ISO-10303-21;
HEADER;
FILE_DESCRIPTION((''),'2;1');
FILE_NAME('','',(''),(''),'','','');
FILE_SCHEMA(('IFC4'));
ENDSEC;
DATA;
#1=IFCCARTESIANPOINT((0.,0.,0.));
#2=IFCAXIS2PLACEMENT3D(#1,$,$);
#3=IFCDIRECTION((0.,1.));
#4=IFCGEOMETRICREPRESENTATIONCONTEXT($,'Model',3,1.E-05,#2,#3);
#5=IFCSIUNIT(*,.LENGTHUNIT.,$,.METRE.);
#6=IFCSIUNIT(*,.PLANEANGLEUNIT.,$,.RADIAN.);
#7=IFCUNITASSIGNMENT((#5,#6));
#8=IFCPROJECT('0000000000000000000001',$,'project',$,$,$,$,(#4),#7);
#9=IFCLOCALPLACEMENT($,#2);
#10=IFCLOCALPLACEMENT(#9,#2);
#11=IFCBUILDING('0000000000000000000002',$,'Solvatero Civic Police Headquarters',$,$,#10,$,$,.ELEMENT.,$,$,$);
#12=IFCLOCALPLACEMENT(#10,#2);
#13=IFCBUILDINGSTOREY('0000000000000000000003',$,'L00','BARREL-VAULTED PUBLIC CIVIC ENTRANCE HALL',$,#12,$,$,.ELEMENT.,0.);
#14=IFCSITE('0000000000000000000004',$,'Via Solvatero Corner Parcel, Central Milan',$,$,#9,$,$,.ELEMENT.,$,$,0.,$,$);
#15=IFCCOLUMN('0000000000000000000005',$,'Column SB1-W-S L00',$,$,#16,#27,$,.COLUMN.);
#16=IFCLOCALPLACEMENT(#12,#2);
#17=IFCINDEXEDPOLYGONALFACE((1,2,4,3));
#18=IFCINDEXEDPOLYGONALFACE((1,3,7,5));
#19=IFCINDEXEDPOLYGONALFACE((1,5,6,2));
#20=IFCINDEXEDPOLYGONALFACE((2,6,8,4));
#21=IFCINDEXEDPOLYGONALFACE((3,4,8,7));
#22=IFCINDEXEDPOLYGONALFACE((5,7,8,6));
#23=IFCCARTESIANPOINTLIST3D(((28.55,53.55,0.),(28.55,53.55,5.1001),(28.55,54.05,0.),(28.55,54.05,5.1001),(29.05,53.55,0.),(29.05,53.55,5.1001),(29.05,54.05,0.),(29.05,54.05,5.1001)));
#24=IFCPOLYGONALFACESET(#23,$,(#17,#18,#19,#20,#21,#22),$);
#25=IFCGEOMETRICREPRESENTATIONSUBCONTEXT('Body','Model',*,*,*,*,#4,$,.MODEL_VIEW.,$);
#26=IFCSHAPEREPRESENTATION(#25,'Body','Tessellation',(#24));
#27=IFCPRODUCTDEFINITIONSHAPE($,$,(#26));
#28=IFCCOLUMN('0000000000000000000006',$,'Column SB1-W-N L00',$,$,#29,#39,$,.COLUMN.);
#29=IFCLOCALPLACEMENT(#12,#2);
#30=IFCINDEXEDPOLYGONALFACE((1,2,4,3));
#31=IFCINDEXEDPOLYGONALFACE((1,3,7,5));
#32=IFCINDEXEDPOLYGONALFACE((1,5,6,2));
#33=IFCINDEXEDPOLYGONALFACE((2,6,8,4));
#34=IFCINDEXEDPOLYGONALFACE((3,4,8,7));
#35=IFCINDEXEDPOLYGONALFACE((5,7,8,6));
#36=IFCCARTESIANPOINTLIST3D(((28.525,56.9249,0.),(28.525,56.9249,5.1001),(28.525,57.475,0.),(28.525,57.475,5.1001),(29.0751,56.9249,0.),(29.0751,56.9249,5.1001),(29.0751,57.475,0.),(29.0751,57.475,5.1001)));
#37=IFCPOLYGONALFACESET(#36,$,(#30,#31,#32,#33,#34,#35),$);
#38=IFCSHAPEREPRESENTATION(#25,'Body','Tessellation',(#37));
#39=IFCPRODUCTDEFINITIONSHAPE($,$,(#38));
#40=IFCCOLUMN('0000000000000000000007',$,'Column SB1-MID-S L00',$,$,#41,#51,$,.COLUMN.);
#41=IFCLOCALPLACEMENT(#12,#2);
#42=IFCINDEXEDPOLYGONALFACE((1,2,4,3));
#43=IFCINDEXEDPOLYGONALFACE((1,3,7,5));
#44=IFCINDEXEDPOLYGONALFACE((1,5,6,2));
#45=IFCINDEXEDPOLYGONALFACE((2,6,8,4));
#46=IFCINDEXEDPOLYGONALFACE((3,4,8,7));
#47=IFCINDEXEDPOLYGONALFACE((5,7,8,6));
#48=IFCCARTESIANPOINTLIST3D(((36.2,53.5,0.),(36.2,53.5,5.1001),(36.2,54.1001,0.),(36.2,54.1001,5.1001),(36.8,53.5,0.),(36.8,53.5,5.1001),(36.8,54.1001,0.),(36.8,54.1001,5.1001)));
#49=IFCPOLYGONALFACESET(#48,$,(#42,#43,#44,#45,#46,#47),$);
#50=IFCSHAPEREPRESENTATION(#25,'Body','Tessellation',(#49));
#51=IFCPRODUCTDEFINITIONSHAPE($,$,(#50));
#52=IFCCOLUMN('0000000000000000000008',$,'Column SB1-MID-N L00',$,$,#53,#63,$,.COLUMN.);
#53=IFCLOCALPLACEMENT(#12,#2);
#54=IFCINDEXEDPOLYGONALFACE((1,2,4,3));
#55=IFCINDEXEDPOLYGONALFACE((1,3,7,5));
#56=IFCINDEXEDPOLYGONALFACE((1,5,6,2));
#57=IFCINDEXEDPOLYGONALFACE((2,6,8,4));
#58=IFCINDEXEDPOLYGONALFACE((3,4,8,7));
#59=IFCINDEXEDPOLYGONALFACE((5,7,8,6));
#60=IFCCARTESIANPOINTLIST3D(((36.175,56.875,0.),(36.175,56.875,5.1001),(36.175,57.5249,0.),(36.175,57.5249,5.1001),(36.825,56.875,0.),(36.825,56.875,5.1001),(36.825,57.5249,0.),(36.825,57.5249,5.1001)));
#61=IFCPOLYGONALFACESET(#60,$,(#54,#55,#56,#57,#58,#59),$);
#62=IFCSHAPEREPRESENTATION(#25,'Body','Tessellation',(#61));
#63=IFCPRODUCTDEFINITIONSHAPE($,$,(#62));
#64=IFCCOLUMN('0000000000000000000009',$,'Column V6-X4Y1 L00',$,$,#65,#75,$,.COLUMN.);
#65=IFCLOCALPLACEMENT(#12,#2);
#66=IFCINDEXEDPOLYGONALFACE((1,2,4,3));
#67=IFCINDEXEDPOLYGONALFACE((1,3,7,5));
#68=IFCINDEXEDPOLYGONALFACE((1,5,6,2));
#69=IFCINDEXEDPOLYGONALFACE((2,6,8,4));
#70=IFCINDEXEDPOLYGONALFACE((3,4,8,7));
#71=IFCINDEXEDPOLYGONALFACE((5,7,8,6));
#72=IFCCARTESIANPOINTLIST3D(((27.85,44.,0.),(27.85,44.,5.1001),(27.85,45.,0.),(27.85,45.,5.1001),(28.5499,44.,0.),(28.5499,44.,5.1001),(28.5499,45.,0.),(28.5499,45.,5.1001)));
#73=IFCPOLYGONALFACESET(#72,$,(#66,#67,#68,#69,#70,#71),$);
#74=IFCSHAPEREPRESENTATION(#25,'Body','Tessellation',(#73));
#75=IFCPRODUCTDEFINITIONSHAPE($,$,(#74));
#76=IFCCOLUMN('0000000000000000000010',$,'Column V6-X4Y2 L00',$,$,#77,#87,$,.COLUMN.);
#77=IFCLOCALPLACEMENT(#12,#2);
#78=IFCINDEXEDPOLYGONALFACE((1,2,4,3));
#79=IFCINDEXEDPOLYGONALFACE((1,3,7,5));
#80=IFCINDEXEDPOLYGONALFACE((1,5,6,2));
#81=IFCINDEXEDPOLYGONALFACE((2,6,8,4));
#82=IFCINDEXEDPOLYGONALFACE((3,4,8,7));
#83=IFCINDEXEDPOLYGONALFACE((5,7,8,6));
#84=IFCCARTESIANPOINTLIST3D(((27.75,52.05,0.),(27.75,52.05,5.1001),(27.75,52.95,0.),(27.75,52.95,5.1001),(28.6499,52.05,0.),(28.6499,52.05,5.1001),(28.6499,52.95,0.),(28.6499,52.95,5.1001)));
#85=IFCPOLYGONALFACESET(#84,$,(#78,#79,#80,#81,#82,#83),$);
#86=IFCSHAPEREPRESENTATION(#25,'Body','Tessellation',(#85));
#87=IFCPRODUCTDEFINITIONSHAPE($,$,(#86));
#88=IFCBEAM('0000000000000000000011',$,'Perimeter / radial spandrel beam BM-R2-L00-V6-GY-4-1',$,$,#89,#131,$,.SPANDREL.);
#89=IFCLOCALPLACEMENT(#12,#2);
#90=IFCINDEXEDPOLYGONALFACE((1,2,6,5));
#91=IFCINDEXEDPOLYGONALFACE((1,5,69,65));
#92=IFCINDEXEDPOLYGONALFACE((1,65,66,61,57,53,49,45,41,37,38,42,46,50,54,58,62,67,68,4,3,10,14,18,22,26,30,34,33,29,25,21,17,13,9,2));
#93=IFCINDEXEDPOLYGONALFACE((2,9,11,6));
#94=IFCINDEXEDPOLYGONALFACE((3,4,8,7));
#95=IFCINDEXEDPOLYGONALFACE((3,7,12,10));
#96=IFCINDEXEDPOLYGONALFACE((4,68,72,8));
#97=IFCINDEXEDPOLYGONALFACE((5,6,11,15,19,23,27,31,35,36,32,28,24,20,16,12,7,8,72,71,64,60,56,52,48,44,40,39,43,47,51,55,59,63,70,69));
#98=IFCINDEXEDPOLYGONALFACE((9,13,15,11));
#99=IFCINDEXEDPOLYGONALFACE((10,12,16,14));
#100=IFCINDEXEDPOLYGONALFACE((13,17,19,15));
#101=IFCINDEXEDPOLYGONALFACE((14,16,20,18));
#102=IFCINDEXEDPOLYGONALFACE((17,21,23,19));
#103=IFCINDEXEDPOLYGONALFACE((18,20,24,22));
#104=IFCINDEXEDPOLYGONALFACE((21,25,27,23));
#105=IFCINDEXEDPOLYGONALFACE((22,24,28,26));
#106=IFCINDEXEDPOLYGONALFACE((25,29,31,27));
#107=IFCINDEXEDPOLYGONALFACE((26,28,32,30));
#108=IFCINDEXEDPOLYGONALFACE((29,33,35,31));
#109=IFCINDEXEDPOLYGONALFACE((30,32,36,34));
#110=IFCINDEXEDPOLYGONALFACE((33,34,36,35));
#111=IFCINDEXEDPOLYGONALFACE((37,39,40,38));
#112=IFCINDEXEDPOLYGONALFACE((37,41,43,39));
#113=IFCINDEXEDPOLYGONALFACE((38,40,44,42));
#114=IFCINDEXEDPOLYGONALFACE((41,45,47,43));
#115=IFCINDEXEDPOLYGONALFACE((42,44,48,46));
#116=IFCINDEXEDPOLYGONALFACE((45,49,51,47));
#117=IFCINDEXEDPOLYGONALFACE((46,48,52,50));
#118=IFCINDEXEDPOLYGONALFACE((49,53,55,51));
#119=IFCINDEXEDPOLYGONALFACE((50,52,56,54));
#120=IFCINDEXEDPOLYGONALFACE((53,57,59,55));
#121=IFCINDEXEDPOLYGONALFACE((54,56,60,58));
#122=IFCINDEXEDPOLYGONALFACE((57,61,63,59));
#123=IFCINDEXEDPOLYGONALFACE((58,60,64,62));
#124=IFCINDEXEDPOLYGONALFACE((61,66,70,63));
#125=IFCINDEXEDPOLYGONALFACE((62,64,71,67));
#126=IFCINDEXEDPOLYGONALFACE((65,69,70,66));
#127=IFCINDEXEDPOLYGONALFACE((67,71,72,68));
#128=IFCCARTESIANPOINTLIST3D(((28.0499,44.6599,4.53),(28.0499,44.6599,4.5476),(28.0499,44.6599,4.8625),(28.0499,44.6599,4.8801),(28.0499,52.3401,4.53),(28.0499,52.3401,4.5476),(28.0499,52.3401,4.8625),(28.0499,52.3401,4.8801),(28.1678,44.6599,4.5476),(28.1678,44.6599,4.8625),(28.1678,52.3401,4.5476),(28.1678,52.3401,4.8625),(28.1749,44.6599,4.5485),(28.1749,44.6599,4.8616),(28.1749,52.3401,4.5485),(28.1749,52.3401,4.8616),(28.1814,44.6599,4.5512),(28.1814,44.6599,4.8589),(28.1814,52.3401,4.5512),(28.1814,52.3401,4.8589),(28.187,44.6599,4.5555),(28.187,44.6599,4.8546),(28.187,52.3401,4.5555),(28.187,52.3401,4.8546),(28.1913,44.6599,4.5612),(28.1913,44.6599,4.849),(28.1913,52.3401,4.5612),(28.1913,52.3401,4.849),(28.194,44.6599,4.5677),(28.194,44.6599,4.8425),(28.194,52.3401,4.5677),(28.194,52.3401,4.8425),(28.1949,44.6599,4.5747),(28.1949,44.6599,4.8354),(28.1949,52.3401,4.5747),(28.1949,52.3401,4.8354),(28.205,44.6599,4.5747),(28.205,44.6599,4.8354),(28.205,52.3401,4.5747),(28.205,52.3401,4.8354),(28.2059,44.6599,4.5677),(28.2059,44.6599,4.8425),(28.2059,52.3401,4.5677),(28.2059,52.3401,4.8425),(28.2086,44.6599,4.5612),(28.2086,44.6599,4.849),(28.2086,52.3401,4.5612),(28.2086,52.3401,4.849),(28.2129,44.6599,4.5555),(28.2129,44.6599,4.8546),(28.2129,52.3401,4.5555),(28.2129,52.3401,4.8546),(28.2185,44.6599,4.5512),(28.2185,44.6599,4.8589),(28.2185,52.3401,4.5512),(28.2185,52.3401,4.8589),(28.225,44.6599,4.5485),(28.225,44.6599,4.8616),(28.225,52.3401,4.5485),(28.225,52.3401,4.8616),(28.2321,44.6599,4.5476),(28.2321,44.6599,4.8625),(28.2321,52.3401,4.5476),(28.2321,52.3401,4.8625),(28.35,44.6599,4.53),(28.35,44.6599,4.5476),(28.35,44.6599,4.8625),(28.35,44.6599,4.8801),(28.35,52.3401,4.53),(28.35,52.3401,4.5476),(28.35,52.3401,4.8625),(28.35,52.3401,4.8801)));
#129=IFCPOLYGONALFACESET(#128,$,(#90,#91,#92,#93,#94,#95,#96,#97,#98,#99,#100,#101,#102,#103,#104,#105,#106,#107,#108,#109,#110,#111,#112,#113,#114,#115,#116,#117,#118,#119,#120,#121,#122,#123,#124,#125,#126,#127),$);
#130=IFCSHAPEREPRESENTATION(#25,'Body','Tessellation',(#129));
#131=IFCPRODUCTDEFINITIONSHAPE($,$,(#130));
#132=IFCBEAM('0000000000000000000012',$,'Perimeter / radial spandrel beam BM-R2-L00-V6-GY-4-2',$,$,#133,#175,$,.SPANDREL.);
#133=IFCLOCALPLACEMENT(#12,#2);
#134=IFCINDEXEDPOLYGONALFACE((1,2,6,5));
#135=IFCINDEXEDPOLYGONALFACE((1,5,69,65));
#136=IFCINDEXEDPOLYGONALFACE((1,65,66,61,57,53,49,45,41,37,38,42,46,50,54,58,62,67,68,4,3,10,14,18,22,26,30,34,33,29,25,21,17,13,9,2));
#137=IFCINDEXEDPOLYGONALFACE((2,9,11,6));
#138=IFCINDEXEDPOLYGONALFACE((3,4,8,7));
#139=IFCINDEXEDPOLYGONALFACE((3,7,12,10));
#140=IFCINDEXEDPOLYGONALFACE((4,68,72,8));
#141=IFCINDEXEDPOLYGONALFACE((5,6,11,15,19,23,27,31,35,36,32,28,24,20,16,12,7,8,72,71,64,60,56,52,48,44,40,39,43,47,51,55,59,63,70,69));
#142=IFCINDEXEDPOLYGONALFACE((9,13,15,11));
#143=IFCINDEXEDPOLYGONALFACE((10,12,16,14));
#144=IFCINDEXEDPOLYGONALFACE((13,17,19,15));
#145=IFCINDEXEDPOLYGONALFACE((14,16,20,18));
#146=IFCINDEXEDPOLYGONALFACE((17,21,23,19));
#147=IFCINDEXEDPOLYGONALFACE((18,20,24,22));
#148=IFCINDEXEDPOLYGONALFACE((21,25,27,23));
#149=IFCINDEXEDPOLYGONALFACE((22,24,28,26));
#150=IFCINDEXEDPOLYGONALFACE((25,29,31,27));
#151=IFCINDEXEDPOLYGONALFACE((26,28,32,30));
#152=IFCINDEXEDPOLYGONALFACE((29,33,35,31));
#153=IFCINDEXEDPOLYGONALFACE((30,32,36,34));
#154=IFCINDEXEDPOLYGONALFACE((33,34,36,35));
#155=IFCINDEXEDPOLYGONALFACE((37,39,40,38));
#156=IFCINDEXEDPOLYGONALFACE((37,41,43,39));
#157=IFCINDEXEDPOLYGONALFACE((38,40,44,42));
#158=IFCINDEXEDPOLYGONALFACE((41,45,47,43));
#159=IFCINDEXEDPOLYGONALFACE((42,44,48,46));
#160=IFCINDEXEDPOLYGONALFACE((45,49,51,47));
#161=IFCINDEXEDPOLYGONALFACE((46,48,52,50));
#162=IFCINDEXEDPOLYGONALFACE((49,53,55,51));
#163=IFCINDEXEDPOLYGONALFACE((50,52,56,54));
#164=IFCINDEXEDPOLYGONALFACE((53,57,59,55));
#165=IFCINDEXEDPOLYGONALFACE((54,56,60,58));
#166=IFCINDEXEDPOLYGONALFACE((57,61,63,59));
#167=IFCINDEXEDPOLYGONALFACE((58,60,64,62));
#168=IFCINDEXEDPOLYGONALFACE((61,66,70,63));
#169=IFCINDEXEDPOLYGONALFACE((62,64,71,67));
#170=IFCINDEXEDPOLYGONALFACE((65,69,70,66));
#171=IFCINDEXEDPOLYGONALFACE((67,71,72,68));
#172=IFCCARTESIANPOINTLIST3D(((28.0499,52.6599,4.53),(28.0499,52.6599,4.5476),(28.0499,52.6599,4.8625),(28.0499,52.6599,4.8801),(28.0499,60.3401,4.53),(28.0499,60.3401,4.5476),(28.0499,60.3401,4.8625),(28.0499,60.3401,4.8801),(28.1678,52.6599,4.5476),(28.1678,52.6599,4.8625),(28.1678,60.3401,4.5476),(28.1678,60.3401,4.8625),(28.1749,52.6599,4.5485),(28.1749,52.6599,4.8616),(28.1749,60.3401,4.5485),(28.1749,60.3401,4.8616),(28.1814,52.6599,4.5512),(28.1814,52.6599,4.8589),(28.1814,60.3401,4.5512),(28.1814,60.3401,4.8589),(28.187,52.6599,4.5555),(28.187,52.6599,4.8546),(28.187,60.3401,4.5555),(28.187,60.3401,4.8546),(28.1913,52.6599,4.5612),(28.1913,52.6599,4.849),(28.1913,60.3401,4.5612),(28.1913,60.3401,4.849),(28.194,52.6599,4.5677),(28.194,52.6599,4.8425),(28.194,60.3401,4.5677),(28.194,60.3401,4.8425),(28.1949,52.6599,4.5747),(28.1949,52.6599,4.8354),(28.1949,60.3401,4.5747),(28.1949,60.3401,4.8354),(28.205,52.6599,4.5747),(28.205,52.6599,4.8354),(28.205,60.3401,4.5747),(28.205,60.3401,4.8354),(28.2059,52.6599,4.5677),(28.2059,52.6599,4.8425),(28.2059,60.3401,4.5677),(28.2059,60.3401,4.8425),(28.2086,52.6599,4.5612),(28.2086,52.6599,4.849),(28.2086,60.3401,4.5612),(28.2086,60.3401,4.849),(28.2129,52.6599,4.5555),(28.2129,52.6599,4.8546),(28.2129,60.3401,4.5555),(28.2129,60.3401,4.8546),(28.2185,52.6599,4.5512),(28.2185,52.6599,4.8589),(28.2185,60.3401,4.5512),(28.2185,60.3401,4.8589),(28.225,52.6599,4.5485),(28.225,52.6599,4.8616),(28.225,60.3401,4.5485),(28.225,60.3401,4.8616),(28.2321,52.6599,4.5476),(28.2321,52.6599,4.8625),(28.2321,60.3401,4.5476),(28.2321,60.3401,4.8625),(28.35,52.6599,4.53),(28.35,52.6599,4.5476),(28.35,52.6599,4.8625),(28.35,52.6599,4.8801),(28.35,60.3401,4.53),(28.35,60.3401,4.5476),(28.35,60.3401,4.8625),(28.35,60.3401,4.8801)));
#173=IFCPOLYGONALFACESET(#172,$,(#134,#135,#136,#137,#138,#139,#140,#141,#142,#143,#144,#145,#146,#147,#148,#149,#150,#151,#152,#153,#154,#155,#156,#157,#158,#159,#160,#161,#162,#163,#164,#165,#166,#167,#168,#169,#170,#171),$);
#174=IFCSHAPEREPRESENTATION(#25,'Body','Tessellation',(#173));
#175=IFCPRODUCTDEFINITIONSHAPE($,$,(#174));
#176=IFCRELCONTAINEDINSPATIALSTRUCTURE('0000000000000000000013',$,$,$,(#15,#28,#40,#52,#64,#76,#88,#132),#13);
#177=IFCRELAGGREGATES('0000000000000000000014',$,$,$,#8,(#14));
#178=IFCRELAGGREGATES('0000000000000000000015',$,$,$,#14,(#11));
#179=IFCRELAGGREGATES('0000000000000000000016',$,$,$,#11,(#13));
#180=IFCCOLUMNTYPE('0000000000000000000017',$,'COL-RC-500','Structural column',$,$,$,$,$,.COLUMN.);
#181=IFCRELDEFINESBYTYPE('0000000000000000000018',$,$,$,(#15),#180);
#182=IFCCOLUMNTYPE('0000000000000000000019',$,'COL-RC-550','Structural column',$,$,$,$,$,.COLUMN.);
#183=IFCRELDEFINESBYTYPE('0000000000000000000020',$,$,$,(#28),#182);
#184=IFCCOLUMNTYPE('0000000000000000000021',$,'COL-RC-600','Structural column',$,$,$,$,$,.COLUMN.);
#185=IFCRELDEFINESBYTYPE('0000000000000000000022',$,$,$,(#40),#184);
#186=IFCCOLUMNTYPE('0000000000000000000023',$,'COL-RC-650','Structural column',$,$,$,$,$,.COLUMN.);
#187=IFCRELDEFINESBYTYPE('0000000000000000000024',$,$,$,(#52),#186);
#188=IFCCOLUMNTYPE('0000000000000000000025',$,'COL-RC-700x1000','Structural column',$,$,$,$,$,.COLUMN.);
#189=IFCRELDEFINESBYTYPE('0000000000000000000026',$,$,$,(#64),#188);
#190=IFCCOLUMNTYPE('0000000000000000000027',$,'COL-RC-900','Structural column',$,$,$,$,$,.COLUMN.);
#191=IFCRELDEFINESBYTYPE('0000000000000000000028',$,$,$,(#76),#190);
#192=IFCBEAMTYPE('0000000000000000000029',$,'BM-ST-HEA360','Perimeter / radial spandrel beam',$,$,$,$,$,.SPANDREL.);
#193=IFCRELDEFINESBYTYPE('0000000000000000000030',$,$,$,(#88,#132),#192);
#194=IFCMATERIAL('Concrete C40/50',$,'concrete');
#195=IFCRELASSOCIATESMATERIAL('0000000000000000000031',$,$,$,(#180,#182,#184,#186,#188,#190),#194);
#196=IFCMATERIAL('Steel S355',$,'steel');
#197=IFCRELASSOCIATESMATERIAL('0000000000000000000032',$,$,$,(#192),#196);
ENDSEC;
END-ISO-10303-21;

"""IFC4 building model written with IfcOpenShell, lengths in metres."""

from ifc_helpers import new_model, si_unit, direction, frame, origin, origin_2d, place, context, subcontext, project, spatial, rectangle, i_section, extrude, material, material_profile, profile_set, type_object, element, save


model = new_model("IFC4")

# Units and contexts
model_context = context("Model", 3, precision=1e-05, world=origin(), true_north=direction((0.0, 1.0)))
body_context = subcontext(model_context, "Body", "Model", "MODEL_VIEW")
ifc_project = project(units=[si_unit("LENGTHUNIT", "METRE"), si_unit("PLANEANGLEUNIT", "RADIAN")], contexts=[model_context])

# Site, building, storey
site_placement = place(None, origin())
site = spatial("IfcSite", under=ifc_project, at=site_placement, Name="Via Solvatero Corner Parcel, Central Milan", CompositionType="ELEMENT", RefElevation=0.0)
building_placement = place(site_placement, origin())
building = spatial("IfcBuilding", under=site, at=building_placement, Name="Solvatero Civic Police Headquarters", CompositionType="ELEMENT")
storey_placement = place(building_placement, origin())
storey = spatial("IfcBuildingStorey", under=building, at=storey_placement, Name="L00", Description="BARREL-VAULTED PUBLIC CIVIC ENTRANCE HALL", CompositionType="ELEMENT", Elevation=0.0)

# Columns
ifc_material_1 = material(Name="Concrete C40/50", Category="concrete")
ifc_material_profile_1 = material_profile(ifc_material_1, rectangle(XDim=0.5, YDim=0.5, at=origin_2d()), Name="RC 500x500")
ifc_profile_set_1 = profile_set([ifc_material_profile_1], Name="Concrete C40/50")
column_type_1 = type_object("IfcColumnType", Name="COL-RC-500", Description="Structural column", PredefinedType="COLUMN", material=ifc_profile_set_1)
column_1_placement = place(storey_placement, frame((28.8, 53.8, 0.0), z_axis=(0.0, 0.0, 1.0), x_axis=(1.0, 0.0, 0.0)))
element("IfcColumn", 1, at=column_1_placement, inside=storey, type_object=column_type_1, Name="Column SB1-W-S L00", PredefinedType="COLUMN", context=body_context, shape_type="SweptSolid", body=[
    extrude(rectangle(XDim=0.5, YDim=0.5, at=origin_2d()), origin(), (0.0, 0.0, 1.0), 5.1001),
])
ifc_material_profile_2 = material_profile(ifc_material_1, rectangle(XDim=0.55, YDim=0.55, at=origin_2d()), Name="RC 550x550")
ifc_profile_set_2 = profile_set([ifc_material_profile_2], Name="Concrete C40/50")
column_type_2 = type_object("IfcColumnType", Name="COL-RC-550", Description="Structural column", PredefinedType="COLUMN", material=ifc_profile_set_2)
column_2_placement = place(storey_placement, frame((28.8, 57.2, 0.0), z_axis=(0.0, 0.0, 1.0), x_axis=(1.0, 0.0, 0.0)))
element("IfcColumn", 2, at=column_2_placement, inside=storey, type_object=column_type_2, Name="Column SB1-W-N L00", PredefinedType="COLUMN", context=body_context, shape_type="SweptSolid", body=[
    extrude(rectangle(XDim=0.55, YDim=0.55, at=origin_2d()), origin(), (0.0, 0.0, 1.0), 5.1001),
])
ifc_material_profile_3 = material_profile(ifc_material_1, rectangle(XDim=0.6001, YDim=0.6001, at=origin_2d()), Name="RC 600x600")
ifc_profile_set_3 = profile_set([ifc_material_profile_3], Name="Concrete C40/50")
column_type_3 = type_object("IfcColumnType", Name="COL-RC-600", Description="Structural column", PredefinedType="COLUMN", material=ifc_profile_set_3)
column_3_placement = place(storey_placement, frame((36.5, 53.8, 0.0), z_axis=(0.0, 0.0, 1.0), x_axis=(1.0, 0.0, 0.0)))
element("IfcColumn", 3, at=column_3_placement, inside=storey, type_object=column_type_3, Name="Column SB1-MID-S L00", PredefinedType="COLUMN", context=body_context, shape_type="SweptSolid", body=[
    extrude(rectangle(XDim=0.6001, YDim=0.6001, at=origin_2d()), origin(), (0.0, 0.0, 1.0), 5.1001),
])
ifc_material_profile_4 = material_profile(ifc_material_1, rectangle(XDim=0.6499, YDim=0.6499, at=origin_2d()), Name="RC 650x650")
ifc_profile_set_4 = profile_set([ifc_material_profile_4], Name="Concrete C40/50")
column_type_4 = type_object("IfcColumnType", Name="COL-RC-650", Description="Structural column", PredefinedType="COLUMN", material=ifc_profile_set_4)
column_4_placement = place(storey_placement, frame((36.5, 57.2, 0.0), z_axis=(0.0, 0.0, 1.0), x_axis=(1.0, 0.0, 0.0)))
element("IfcColumn", 4, at=column_4_placement, inside=storey, type_object=column_type_4, Name="Column SB1-MID-N L00", PredefinedType="COLUMN", context=body_context, shape_type="SweptSolid", body=[
    extrude(rectangle(XDim=0.6499, YDim=0.6499, at=origin_2d()), origin(), (0.0, 0.0, 1.0), 5.1001),
])
ifc_material_profile_5 = material_profile(ifc_material_1, rectangle(XDim=0.7, YDim=1.0, at=origin_2d()), Name="RC 700x1000")
ifc_profile_set_5 = profile_set([ifc_material_profile_5], Name="Concrete C40/50")
column_type_5 = type_object("IfcColumnType", Name="COL-RC-700x1000", Description="Structural column", PredefinedType="COLUMN", material=ifc_profile_set_5)
column_5_placement = place(storey_placement, frame((28.2, 44.5, 0.0), z_axis=(0.0, 0.0, 1.0), x_axis=(1.0, 0.0, 0.0)))
element("IfcColumn", 5, at=column_5_placement, inside=storey, type_object=column_type_5, Name="Column V6-X4Y1 L00", PredefinedType="COLUMN", context=body_context, shape_type="SweptSolid", body=[
    extrude(rectangle(XDim=0.7, YDim=1.0, at=origin_2d()), origin(), (0.0, 0.0, 1.0), 5.1001),
])
ifc_material_profile_6 = material_profile(ifc_material_1, rectangle(XDim=0.8999, YDim=0.8999, at=origin_2d()), Name="RC 900x900")
ifc_profile_set_6 = profile_set([ifc_material_profile_6], Name="Concrete C40/50")
column_type_6 = type_object("IfcColumnType", Name="COL-RC-900", Description="Structural column", PredefinedType="COLUMN", material=ifc_profile_set_6)
column_6_placement = place(storey_placement, frame((28.2, 52.5, 0.0), z_axis=(0.0, 0.0, 1.0), x_axis=(1.0, 0.0, 0.0)))
element("IfcColumn", 6, at=column_6_placement, inside=storey, type_object=column_type_6, Name="Column V6-X4Y2 L00", PredefinedType="COLUMN", context=body_context, shape_type="SweptSolid", body=[
    extrude(rectangle(XDim=0.8999, YDim=0.8999, at=origin_2d()), origin(), (0.0, 0.0, 1.0), 5.1001),
])

# Beams
ifc_material_2 = material(Name="Steel S355", Category="steel")
ifc_material_profile_7 = material_profile(ifc_material_2, i_section(OverallWidth=0.3, OverallDepth=0.3501, WebThickness=0.01, FlangeThickness=0.0176, FilletRadius=0.0271, at=origin_2d()), Name="HEA 360")
ifc_profile_set_7 = profile_set([ifc_material_profile_7], Name="Steel S355")
beam_type_1 = type_object("IfcBeamType", Name="BM-ST-HEA360", Description="Perimeter / radial spandrel beam", PredefinedType="SPANDREL", material=ifc_profile_set_7)
for number, where, z_axis, x_axis, name in (
    (7, (28.2, 44.6599, 4.7051), (0.0, 1.0, 0.0), (-1.0, 0.0, 0.0), "Perimeter / radial spandrel beam BM-R2-L00-V6-GY-4-1"),
    (8, (28.2, 52.6599, 4.7051), (0.0, 1.0, 0.0), (-1.0, 0.0, 0.0), "Perimeter / radial spandrel beam BM-R2-L00-V6-GY-4-2"),
):
    element("IfcBeam", number, at=place(storey_placement, frame(where, z_axis=z_axis, x_axis=x_axis)), inside=storey, type_object=beam_type_1, Name=name, PredefinedType="SPANDREL", context=body_context, shape_type="SweptSolid", body=[
        extrude(i_section(OverallWidth=0.3, OverallDepth=0.3501, WebThickness=0.01, FlangeThickness=0.0176, FilletRadius=0.0271, at=origin_2d()), origin(), (0.0, 0.0, 1.0), 7.6802),
    ])

save(model, "model.ifc")
